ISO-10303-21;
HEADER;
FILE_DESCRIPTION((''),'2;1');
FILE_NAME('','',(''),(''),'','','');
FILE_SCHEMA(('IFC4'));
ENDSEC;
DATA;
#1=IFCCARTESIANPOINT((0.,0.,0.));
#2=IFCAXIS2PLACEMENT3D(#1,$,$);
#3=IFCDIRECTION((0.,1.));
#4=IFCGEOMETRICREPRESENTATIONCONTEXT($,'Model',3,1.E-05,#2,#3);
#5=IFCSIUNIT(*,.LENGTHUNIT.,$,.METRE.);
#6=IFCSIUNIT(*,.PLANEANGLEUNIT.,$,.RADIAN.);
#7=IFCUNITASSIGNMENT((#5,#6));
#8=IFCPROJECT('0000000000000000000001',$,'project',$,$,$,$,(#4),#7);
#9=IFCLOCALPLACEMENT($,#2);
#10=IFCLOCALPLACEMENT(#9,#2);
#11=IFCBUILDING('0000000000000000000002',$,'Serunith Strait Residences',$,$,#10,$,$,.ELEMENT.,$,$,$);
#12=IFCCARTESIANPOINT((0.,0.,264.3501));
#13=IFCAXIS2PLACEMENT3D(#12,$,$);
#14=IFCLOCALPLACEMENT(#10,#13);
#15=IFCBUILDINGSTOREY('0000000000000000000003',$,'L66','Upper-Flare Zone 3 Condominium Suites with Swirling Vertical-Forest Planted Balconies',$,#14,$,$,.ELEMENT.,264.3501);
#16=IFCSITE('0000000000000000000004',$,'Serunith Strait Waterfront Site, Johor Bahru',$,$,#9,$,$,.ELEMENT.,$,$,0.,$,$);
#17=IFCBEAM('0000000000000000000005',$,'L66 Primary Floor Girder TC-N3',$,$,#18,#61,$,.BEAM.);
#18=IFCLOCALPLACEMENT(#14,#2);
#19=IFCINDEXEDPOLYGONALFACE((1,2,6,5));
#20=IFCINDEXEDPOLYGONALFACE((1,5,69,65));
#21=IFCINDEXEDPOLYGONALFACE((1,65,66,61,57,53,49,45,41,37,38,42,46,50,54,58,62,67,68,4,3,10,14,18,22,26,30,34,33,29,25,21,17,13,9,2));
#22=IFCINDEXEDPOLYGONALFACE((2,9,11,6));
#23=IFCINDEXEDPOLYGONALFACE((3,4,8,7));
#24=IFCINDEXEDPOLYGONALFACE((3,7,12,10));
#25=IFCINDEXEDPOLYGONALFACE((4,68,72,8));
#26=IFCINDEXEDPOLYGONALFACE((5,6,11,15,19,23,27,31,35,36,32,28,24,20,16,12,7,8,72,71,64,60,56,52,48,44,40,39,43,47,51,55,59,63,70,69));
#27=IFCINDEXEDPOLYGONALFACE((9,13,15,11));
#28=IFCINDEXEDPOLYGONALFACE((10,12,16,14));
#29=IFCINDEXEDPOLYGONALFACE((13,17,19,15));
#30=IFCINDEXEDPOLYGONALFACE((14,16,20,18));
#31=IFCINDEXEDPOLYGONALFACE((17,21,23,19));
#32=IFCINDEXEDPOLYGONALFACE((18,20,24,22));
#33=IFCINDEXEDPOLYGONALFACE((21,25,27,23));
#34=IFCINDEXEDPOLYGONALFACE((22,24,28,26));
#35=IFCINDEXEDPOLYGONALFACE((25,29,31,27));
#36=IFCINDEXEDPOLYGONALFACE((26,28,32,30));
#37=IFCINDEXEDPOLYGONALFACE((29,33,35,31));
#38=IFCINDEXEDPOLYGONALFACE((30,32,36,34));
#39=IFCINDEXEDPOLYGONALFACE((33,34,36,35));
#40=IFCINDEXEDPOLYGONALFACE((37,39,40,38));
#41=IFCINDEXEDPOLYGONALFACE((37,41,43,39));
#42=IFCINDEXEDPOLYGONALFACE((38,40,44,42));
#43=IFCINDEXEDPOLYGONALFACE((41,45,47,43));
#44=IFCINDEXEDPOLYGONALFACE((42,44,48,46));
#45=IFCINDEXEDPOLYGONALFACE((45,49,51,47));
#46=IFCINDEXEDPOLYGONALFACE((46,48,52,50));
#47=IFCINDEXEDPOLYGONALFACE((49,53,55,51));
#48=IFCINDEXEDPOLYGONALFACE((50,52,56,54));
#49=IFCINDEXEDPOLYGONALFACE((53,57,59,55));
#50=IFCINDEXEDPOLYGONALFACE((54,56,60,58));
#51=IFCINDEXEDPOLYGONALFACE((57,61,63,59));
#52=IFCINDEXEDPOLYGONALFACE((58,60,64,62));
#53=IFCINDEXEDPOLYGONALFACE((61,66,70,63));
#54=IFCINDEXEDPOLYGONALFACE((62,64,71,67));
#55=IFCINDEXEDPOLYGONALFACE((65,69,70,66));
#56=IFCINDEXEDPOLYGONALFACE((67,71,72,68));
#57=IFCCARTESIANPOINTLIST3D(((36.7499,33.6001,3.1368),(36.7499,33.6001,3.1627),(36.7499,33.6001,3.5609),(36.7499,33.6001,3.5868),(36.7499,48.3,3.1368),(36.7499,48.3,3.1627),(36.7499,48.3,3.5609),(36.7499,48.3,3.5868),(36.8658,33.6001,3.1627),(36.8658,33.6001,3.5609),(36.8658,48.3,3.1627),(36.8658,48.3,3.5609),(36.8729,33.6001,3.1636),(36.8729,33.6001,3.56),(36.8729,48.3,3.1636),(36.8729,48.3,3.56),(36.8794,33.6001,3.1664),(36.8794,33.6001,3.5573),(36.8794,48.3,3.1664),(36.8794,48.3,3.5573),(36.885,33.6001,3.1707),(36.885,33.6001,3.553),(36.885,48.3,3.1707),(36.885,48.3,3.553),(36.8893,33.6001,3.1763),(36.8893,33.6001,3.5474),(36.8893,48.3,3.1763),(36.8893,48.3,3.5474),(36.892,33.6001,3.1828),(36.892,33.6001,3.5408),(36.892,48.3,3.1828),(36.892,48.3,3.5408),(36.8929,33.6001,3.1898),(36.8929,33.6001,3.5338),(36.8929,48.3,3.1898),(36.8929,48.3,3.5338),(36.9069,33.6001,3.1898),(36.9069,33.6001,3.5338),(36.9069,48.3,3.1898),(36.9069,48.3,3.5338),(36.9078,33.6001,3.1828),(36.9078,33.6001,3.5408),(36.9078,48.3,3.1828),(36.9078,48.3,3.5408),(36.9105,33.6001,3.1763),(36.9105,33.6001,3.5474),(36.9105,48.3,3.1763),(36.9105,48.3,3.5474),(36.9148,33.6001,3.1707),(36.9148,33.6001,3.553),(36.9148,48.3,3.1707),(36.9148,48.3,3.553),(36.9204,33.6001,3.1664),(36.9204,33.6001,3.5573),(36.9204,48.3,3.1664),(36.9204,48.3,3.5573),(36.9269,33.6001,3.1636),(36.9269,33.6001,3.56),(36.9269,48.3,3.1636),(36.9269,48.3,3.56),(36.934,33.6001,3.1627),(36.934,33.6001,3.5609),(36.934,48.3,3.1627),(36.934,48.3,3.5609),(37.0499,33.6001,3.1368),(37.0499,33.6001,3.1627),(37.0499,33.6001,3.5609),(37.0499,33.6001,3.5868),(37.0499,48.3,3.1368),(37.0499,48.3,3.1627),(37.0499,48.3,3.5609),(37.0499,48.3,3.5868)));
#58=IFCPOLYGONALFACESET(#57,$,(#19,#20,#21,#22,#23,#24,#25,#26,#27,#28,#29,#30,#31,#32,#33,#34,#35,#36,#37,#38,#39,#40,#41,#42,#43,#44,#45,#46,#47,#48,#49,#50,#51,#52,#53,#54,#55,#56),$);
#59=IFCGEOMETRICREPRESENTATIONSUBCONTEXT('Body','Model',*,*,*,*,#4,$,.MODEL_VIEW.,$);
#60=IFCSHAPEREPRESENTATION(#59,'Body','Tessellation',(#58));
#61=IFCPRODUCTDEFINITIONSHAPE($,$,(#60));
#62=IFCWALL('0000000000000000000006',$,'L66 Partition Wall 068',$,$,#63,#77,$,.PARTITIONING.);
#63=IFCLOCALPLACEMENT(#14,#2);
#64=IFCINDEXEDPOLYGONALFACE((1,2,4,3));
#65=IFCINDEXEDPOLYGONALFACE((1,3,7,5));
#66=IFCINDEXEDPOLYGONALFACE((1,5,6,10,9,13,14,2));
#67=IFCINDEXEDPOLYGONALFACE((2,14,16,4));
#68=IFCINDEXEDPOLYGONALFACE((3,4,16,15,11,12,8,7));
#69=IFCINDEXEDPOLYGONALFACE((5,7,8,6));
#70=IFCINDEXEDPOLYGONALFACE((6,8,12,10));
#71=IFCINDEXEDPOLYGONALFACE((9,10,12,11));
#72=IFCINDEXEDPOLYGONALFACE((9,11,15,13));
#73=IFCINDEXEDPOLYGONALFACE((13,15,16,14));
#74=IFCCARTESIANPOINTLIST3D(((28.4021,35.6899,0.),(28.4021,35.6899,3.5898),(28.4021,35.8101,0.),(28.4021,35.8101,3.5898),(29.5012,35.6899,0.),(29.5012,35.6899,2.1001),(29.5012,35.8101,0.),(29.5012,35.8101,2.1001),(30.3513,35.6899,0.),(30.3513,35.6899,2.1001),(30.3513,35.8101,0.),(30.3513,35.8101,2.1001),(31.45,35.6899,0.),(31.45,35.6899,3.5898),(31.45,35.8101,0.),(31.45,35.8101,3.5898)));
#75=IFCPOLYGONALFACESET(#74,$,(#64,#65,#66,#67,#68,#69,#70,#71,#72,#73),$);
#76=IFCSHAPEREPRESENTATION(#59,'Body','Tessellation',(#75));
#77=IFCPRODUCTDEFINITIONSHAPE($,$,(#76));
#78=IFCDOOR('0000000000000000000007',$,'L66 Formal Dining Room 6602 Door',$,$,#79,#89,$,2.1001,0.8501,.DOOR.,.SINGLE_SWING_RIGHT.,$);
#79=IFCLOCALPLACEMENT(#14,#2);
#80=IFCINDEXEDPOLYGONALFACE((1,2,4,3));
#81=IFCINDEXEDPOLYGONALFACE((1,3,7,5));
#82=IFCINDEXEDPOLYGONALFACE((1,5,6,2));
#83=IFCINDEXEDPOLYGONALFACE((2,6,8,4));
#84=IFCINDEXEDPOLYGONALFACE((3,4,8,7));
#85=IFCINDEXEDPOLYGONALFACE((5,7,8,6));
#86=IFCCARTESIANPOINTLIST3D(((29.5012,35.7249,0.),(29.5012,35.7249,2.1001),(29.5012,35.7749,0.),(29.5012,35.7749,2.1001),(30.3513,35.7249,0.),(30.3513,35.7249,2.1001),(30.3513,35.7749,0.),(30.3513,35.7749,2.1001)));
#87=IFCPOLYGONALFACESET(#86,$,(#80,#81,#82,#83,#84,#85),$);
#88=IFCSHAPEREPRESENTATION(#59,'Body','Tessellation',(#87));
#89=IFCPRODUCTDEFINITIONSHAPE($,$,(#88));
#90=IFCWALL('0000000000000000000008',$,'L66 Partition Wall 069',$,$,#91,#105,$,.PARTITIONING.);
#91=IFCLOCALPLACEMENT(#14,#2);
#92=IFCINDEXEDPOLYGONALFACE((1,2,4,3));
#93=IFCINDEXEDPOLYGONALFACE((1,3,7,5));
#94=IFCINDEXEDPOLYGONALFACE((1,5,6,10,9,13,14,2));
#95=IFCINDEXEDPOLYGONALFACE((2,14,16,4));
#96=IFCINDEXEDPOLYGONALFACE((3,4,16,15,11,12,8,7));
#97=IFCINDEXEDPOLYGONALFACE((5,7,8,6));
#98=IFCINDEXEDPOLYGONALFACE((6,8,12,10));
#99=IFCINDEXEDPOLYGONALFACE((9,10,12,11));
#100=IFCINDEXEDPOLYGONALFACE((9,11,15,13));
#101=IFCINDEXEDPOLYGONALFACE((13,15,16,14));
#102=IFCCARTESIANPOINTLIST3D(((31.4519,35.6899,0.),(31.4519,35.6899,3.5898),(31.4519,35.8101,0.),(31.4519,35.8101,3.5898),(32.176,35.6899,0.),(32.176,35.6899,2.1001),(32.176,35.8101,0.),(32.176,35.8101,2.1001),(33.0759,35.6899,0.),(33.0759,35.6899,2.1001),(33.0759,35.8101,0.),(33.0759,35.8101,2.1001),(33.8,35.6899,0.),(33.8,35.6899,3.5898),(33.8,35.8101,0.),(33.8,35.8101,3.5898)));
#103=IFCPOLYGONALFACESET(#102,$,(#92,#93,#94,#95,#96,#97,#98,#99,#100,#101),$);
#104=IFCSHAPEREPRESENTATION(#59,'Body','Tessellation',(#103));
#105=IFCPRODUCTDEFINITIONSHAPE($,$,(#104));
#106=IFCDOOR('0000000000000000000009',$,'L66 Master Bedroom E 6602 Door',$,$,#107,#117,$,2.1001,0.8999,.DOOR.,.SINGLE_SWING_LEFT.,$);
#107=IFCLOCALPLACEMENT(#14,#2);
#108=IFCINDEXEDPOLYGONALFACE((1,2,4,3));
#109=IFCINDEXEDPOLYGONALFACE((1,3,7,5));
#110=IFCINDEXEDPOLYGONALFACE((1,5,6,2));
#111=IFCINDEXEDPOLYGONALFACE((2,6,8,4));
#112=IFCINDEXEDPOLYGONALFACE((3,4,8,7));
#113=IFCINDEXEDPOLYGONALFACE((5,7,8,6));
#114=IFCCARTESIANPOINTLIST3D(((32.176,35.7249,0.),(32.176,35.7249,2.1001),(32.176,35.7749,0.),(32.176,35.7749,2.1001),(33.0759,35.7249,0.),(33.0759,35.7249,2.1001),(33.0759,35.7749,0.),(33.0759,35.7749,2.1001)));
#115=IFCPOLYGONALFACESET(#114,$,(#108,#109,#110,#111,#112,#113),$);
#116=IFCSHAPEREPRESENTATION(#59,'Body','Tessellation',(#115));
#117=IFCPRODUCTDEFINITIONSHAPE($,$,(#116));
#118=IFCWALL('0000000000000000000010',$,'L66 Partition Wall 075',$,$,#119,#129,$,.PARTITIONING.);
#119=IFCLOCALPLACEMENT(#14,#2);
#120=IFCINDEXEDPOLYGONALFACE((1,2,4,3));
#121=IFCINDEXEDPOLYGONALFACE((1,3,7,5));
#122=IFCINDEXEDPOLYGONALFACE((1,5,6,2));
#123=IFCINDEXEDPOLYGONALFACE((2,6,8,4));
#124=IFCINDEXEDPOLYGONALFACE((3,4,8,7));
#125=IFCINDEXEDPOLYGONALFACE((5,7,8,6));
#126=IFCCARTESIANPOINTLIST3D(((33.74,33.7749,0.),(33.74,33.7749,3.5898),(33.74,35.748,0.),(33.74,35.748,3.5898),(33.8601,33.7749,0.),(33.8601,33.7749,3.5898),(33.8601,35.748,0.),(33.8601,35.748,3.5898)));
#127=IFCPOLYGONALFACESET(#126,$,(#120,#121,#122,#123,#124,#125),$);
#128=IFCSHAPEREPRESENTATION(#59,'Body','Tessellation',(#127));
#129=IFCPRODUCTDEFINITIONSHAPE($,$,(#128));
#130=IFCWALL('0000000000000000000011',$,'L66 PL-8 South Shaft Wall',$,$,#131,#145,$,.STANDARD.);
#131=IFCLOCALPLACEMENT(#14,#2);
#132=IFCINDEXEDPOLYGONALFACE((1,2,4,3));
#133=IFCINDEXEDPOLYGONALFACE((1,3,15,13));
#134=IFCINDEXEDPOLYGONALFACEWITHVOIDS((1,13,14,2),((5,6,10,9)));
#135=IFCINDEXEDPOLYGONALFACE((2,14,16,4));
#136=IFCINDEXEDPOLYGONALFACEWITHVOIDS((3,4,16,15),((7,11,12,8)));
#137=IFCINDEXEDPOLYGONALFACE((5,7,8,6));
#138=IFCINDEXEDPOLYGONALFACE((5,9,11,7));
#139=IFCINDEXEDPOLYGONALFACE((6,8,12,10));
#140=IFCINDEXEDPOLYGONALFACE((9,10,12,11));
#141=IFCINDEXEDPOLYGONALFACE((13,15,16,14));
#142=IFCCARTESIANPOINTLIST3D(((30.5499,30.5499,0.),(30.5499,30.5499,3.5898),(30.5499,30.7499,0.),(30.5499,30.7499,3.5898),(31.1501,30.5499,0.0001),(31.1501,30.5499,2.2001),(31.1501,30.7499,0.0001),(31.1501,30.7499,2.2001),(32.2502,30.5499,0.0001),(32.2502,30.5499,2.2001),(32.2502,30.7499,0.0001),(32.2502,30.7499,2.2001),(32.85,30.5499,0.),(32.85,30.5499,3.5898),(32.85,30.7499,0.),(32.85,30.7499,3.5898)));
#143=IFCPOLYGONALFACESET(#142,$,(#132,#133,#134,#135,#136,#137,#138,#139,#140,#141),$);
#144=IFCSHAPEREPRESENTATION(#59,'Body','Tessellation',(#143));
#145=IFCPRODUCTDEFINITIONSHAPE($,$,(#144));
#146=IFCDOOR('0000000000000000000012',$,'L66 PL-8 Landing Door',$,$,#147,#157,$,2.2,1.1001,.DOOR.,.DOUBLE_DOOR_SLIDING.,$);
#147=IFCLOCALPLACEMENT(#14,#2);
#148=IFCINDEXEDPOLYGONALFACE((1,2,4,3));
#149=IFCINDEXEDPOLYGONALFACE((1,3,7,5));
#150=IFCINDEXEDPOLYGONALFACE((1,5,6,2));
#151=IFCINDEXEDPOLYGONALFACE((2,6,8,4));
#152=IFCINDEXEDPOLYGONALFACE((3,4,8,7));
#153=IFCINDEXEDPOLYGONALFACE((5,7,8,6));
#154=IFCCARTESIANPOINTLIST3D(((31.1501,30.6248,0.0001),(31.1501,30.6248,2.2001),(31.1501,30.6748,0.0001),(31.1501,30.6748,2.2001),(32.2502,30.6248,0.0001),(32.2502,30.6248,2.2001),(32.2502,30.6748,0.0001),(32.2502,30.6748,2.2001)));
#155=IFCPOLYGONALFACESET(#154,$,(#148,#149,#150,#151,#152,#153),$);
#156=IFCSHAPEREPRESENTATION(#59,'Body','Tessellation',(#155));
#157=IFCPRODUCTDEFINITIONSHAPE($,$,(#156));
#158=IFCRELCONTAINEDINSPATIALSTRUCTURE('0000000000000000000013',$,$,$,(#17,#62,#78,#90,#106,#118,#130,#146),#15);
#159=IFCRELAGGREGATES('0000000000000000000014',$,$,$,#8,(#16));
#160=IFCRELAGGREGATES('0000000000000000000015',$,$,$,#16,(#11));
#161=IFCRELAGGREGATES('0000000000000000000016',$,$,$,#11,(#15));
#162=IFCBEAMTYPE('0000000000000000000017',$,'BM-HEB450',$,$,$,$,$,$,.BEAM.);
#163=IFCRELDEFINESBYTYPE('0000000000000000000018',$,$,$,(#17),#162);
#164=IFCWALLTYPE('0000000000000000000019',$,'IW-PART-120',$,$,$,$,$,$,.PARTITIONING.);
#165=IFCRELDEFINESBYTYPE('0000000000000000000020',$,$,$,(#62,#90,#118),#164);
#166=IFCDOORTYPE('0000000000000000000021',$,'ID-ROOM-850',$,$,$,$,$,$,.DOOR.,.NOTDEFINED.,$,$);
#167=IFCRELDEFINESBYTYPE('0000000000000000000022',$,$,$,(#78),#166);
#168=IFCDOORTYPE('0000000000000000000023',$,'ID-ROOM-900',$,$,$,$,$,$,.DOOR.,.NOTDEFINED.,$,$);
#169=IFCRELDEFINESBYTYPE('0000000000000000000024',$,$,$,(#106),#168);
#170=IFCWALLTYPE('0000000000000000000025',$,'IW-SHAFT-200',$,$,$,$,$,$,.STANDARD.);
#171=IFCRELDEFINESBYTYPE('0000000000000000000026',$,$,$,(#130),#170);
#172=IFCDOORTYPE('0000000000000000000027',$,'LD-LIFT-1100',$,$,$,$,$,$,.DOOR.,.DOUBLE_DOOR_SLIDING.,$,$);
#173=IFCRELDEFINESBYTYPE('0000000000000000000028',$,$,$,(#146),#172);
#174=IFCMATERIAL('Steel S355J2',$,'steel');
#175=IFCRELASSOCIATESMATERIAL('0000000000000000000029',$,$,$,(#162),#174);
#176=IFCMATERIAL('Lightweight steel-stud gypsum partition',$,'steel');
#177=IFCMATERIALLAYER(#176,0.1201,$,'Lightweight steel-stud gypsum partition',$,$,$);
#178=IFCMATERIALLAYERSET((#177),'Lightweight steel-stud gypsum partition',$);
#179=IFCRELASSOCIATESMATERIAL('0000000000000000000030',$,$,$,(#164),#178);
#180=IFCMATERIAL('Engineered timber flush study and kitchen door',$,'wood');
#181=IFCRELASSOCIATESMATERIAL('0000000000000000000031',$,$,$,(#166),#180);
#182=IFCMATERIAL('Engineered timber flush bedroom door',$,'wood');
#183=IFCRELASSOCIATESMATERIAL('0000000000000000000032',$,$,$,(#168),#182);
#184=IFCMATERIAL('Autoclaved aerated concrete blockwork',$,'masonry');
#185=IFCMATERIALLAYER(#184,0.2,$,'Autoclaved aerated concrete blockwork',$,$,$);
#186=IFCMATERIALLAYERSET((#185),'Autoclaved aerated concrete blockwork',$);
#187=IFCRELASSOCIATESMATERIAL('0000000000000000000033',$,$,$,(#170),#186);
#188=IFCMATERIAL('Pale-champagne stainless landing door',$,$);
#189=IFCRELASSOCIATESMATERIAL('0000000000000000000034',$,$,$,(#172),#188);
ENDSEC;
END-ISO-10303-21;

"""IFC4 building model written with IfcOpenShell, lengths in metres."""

from ifc_helpers import new_model, si_unit, direction, frame, frame_2d, origin, origin_2d, place, context, subcontext, project, spatial, rectangle, i_section, extrude, source, transform, mapped, material, layer, layer_set, material_profile, profile_set, type_object, element, fill, save


model = new_model("IFC4")

# Units and contexts
model_context = context("Model", 3, precision=1e-05, world=origin(), true_north=direction((0.0, 1.0)))
body_context = subcontext(model_context, "Body", "Model", "MODEL_VIEW")
ifc_project = project(units=[si_unit("LENGTHUNIT", "METRE"), si_unit("PLANEANGLEUNIT", "RADIAN")], contexts=[model_context])

# Site, building, storey
site_placement = place(None, origin())
site = spatial("IfcSite", under=ifc_project, at=site_placement, Name="Serunith Strait Waterfront Site, Johor Bahru", CompositionType="ELEMENT", RefElevation=0.0)
building_placement = place(site_placement, origin())
building = spatial("IfcBuilding", under=site, at=building_placement, Name="Serunith Strait Residences", CompositionType="ELEMENT")
storey_placement = place(building_placement, frame((0.0, 0.0, 264.3501)))
storey = spatial("IfcBuildingStorey", under=building, at=storey_placement, Name="L66", Description="Upper-Flare Zone 3 Condominium Suites with Swirling Vertical-Forest Planted Balconies", CompositionType="ELEMENT", Elevation=264.3501)

# Beam
ifc_material_1 = material(Name="Steel S355J2", Category="steel")
ifc_material_profile = material_profile(ifc_material_1, i_section(OverallWidth=0.3, OverallDepth=0.45, WebThickness=0.0139, FlangeThickness=0.0259, FilletRadius=0.0271, at=origin_2d()), Name="HEB 450")
ifc_profile_set = profile_set([ifc_material_profile], Name="Steel S355J2")
beam_type = type_object("IfcBeamType", Name="BM-HEB450", PredefinedType="BEAM", material=ifc_profile_set)
shared_shape_1 = source(origin(), body_context, "Body", "SweptSolid", [
    extrude(i_section(OverallWidth=0.3, OverallDepth=0.45, WebThickness=0.0139, FlangeThickness=0.0259, FilletRadius=0.0271, at=origin_2d()), origin(), (0.0, 0.0, 1.0), 14.7),
])
beam_placement = place(storey_placement, frame((36.8999, 33.6001, 3.3618), z_axis=(0.0, 1.0, 0.0), x_axis=(-1.0, 0.0, 0.0)))
element("IfcBeam", 1, at=beam_placement, inside=storey, type_object=beam_type, Name="L66 Primary Floor Girder TC-N3", PredefinedType="BEAM", context=body_context, shape_type="MappedRepresentation", body=[
    mapped(shared_shape_1, transform((0.0, 0.0, 0.0), scale=1.0)),
])

# Walls, openings, doors
ifc_material_2 = material(Name="Lightweight steel-stud gypsum partition", Category="steel")
ifc_layer_1 = layer(ifc_material_2, 0.1201, Name="Lightweight steel-stud gypsum partition")
ifc_layer_set_1 = layer_set([ifc_layer_1], Name="Lightweight steel-stud gypsum partition")
wall_type_1 = type_object("IfcWallType", Name="IW-PART-120", PredefinedType="PARTITIONING", material=ifc_layer_set_1)
wall_1_placement = place(storey_placement, frame((28.4021, 35.75, 0.0), z_axis=(0.0, 0.0, 1.0), x_axis=(1.0, 0.0, 0.0)))
wall_1 = element("IfcWall", 2, at=wall_1_placement, inside=storey, type_object=wall_type_1, Name="L66 Partition Wall 068", PredefinedType="PARTITIONING", context=body_context, shape_type="SweptSolid", body=[
    extrude(rectangle(XDim=3.0479, YDim=0.1201, at=frame_2d((1.5239, 0.0))), origin(), (0.0, 0.0, 1.0), 3.5898),
])
opening_1_placement = place(wall_1_placement, frame((1.0991, 0.0, 0.0)))
opening_1 = element("IfcOpeningElement", 3, at=opening_1_placement, cuts=wall_1, PredefinedType="OPENING", context=body_context, shape_type="SweptSolid", body=[
    extrude(rectangle(XDim=0.8501, YDim=2.1001, at=frame_2d((0.425, 1.05))), frame((0.0, 0.0701, 0.0), z_axis=(0.0, -1.0, 0.0), x_axis=(1.0, 0.0, 0.0)), (0.0, 0.0, 1.0), 0.1401),
])
ifc_material_3 = material(Name="Engineered timber flush study and kitchen door", Category="wood")
door_type_1 = type_object("IfcDoorType", Name="ID-ROOM-850", OperationType="NOTDEFINED", PredefinedType="DOOR", material=ifc_material_3)
shared_shape_2 = source(origin(), body_context, "Body", "SweptSolid", [
    extrude(rectangle(XDim=0.8501, YDim=2.1001, at=frame_2d((0.425, 1.05))), frame((0.0, 0.0249, 0.0), z_axis=(0.0, -1.0, 0.0), x_axis=(1.0, 0.0, 0.0)), (0.0, 0.0, 1.0), 0.05),
])
door_1_placement = place(opening_1_placement, origin())
door_1 = element("IfcDoor", 4, at=door_1_placement, inside=storey, type_object=door_type_1, Name="L66 Formal Dining Room 6602 Door", OperationType="SINGLE_SWING_RIGHT", OverallHeight=2.1001, OverallWidth=0.8501, PredefinedType="DOOR", context=body_context, shape_type="MappedRepresentation", body=[
    mapped(shared_shape_2, transform((0.0, 0.0, 0.0), scale=1.0)),
])
fill(opening_1, door_1)
wall_2_placement = place(storey_placement, frame((31.4519, 35.75, 0.0), z_axis=(0.0, 0.0, 1.0), x_axis=(1.0, 0.0, 0.0)))
wall_2 = element("IfcWall", 5, at=wall_2_placement, inside=storey, type_object=wall_type_1, Name="L66 Partition Wall 069", PredefinedType="PARTITIONING", context=body_context, shape_type="SweptSolid", body=[
    extrude(rectangle(XDim=2.3481, YDim=0.1201, at=frame_2d((1.1741, 0.0))), origin(), (0.0, 0.0, 1.0), 3.5898),
])
opening_2_placement = place(wall_2_placement, frame((0.7241, 0.0, 0.0)))
opening_2 = element("IfcOpeningElement", 6, at=opening_2_placement, cuts=wall_2, PredefinedType="OPENING", context=body_context, shape_type="SweptSolid", body=[
    extrude(rectangle(XDim=0.8999, YDim=2.1001, at=frame_2d((0.45, 1.05))), frame((0.0, 0.0701, 0.0), z_axis=(0.0, -1.0, 0.0), x_axis=(1.0, 0.0, 0.0)), (0.0, 0.0, 1.0), 0.1401),
])
ifc_material_4 = material(Name="Engineered timber flush bedroom door", Category="wood")
door_type_2 = type_object("IfcDoorType", Name="ID-ROOM-900", OperationType="NOTDEFINED", PredefinedType="DOOR", material=ifc_material_4)
shared_shape_3 = source(origin(), body_context, "Body", "SweptSolid", [
    extrude(rectangle(XDim=0.8999, YDim=2.1001, at=frame_2d((0.45, 1.05))), frame((0.0, 0.0249, 0.0), z_axis=(0.0, -1.0, 0.0), x_axis=(1.0, 0.0, 0.0)), (0.0, 0.0, 1.0), 0.05),
])
door_2_placement = place(opening_2_placement, origin())
door_2 = element("IfcDoor", 7, at=door_2_placement, inside=storey, type_object=door_type_2, Name="L66 Master Bedroom E 6602 Door", OperationType="SINGLE_SWING_LEFT", OverallHeight=2.1001, OverallWidth=0.8999, PredefinedType="DOOR", context=body_context, shape_type="MappedRepresentation", body=[
    mapped(shared_shape_3, transform((0.0, 0.0, 0.0), scale=1.0)),
])
fill(opening_2, door_2)

# Wall
wall_3_placement = place(storey_placement, frame((33.8, 35.748, 0.0), z_axis=(0.0, 0.0, 1.0), x_axis=(0.0, -1.0, 0.0)))
element("IfcWall", 8, at=wall_3_placement, inside=storey, type_object=wall_type_1, Name="L66 Partition Wall 075", PredefinedType="PARTITIONING", context=body_context, shape_type="SweptSolid", body=[
    extrude(rectangle(XDim=1.9731, YDim=0.1201, at=frame_2d((0.9866, 0.0))), origin(), (0.0, 0.0, 1.0), 3.5898),
])

# Wall, opening, door
ifc_material_5 = material(Name="Autoclaved aerated concrete blockwork", Category="masonry")
ifc_layer_2 = layer(ifc_material_5, 0.2, Name="Autoclaved aerated concrete blockwork")
ifc_layer_set_2 = layer_set([ifc_layer_2], Name="Autoclaved aerated concrete blockwork")
wall_type_2 = type_object("IfcWallType", Name="IW-SHAFT-200", PredefinedType="STANDARD", material=ifc_layer_set_2)
wall_4_placement = place(storey_placement, frame((30.55, 30.6499, 0.0), z_axis=(0.0, 0.0, 1.0), x_axis=(1.0, 0.0, 0.0)))
wall_4 = element("IfcWall", 9, at=wall_4_placement, inside=storey, type_object=wall_type_2, Name="L66 PL-8 South Shaft Wall", PredefinedType="STANDARD", context=body_context, shape_type="SweptSolid", body=[
    extrude(rectangle(XDim=2.3, YDim=0.2, at=frame_2d((1.1499, 0.0))), origin(), (0.0, 0.0, 1.0), 3.5898),
])
opening_3_placement = place(wall_4_placement, frame((0.6001, 0.0, 0.0)))
opening_3 = element("IfcOpeningElement", 10, at=opening_3_placement, cuts=wall_4, PredefinedType="OPENING", context=body_context, shape_type="SweptSolid", body=[
    extrude(rectangle(XDim=1.1001, YDim=2.2, at=frame_2d((0.55, 1.1001))), frame((0.0, 0.1099, 0.0), z_axis=(0.0, -1.0, 0.0), x_axis=(1.0, 0.0, 0.0)), (0.0, 0.0, 1.0), 0.22),
])
ifc_material_6 = material(Name="Pale-champagne stainless landing door")
door_type_3 = type_object("IfcDoorType", Name="LD-LIFT-1100", OperationType="DOUBLE_DOOR_SLIDING", PredefinedType="DOOR", material=ifc_material_6)
shared_shape_4 = source(origin(), body_context, "Body", "SweptSolid", [
    extrude(rectangle(XDim=1.1001, YDim=2.2, at=frame_2d((0.55, 1.1001))), frame((0.0, 0.0249, 0.0), z_axis=(0.0, -1.0, 0.0), x_axis=(1.0, 0.0, 0.0)), (0.0, 0.0, 1.0), 0.05),
])
door_3_placement = place(opening_3_placement, origin())
door_3 = element("IfcDoor", 11, at=door_3_placement, inside=storey, type_object=door_type_3, Name="L66 PL-8 Landing Door", OperationType="DOUBLE_DOOR_SLIDING", OverallHeight=2.2, OverallWidth=1.1001, PredefinedType="DOOR", context=body_context, shape_type="MappedRepresentation", body=[
    mapped(shared_shape_4, transform((0.0, 0.0, 0.0), scale=1.0)),
])
fill(opening_3, door_3)

save(model, "model.ifc")
